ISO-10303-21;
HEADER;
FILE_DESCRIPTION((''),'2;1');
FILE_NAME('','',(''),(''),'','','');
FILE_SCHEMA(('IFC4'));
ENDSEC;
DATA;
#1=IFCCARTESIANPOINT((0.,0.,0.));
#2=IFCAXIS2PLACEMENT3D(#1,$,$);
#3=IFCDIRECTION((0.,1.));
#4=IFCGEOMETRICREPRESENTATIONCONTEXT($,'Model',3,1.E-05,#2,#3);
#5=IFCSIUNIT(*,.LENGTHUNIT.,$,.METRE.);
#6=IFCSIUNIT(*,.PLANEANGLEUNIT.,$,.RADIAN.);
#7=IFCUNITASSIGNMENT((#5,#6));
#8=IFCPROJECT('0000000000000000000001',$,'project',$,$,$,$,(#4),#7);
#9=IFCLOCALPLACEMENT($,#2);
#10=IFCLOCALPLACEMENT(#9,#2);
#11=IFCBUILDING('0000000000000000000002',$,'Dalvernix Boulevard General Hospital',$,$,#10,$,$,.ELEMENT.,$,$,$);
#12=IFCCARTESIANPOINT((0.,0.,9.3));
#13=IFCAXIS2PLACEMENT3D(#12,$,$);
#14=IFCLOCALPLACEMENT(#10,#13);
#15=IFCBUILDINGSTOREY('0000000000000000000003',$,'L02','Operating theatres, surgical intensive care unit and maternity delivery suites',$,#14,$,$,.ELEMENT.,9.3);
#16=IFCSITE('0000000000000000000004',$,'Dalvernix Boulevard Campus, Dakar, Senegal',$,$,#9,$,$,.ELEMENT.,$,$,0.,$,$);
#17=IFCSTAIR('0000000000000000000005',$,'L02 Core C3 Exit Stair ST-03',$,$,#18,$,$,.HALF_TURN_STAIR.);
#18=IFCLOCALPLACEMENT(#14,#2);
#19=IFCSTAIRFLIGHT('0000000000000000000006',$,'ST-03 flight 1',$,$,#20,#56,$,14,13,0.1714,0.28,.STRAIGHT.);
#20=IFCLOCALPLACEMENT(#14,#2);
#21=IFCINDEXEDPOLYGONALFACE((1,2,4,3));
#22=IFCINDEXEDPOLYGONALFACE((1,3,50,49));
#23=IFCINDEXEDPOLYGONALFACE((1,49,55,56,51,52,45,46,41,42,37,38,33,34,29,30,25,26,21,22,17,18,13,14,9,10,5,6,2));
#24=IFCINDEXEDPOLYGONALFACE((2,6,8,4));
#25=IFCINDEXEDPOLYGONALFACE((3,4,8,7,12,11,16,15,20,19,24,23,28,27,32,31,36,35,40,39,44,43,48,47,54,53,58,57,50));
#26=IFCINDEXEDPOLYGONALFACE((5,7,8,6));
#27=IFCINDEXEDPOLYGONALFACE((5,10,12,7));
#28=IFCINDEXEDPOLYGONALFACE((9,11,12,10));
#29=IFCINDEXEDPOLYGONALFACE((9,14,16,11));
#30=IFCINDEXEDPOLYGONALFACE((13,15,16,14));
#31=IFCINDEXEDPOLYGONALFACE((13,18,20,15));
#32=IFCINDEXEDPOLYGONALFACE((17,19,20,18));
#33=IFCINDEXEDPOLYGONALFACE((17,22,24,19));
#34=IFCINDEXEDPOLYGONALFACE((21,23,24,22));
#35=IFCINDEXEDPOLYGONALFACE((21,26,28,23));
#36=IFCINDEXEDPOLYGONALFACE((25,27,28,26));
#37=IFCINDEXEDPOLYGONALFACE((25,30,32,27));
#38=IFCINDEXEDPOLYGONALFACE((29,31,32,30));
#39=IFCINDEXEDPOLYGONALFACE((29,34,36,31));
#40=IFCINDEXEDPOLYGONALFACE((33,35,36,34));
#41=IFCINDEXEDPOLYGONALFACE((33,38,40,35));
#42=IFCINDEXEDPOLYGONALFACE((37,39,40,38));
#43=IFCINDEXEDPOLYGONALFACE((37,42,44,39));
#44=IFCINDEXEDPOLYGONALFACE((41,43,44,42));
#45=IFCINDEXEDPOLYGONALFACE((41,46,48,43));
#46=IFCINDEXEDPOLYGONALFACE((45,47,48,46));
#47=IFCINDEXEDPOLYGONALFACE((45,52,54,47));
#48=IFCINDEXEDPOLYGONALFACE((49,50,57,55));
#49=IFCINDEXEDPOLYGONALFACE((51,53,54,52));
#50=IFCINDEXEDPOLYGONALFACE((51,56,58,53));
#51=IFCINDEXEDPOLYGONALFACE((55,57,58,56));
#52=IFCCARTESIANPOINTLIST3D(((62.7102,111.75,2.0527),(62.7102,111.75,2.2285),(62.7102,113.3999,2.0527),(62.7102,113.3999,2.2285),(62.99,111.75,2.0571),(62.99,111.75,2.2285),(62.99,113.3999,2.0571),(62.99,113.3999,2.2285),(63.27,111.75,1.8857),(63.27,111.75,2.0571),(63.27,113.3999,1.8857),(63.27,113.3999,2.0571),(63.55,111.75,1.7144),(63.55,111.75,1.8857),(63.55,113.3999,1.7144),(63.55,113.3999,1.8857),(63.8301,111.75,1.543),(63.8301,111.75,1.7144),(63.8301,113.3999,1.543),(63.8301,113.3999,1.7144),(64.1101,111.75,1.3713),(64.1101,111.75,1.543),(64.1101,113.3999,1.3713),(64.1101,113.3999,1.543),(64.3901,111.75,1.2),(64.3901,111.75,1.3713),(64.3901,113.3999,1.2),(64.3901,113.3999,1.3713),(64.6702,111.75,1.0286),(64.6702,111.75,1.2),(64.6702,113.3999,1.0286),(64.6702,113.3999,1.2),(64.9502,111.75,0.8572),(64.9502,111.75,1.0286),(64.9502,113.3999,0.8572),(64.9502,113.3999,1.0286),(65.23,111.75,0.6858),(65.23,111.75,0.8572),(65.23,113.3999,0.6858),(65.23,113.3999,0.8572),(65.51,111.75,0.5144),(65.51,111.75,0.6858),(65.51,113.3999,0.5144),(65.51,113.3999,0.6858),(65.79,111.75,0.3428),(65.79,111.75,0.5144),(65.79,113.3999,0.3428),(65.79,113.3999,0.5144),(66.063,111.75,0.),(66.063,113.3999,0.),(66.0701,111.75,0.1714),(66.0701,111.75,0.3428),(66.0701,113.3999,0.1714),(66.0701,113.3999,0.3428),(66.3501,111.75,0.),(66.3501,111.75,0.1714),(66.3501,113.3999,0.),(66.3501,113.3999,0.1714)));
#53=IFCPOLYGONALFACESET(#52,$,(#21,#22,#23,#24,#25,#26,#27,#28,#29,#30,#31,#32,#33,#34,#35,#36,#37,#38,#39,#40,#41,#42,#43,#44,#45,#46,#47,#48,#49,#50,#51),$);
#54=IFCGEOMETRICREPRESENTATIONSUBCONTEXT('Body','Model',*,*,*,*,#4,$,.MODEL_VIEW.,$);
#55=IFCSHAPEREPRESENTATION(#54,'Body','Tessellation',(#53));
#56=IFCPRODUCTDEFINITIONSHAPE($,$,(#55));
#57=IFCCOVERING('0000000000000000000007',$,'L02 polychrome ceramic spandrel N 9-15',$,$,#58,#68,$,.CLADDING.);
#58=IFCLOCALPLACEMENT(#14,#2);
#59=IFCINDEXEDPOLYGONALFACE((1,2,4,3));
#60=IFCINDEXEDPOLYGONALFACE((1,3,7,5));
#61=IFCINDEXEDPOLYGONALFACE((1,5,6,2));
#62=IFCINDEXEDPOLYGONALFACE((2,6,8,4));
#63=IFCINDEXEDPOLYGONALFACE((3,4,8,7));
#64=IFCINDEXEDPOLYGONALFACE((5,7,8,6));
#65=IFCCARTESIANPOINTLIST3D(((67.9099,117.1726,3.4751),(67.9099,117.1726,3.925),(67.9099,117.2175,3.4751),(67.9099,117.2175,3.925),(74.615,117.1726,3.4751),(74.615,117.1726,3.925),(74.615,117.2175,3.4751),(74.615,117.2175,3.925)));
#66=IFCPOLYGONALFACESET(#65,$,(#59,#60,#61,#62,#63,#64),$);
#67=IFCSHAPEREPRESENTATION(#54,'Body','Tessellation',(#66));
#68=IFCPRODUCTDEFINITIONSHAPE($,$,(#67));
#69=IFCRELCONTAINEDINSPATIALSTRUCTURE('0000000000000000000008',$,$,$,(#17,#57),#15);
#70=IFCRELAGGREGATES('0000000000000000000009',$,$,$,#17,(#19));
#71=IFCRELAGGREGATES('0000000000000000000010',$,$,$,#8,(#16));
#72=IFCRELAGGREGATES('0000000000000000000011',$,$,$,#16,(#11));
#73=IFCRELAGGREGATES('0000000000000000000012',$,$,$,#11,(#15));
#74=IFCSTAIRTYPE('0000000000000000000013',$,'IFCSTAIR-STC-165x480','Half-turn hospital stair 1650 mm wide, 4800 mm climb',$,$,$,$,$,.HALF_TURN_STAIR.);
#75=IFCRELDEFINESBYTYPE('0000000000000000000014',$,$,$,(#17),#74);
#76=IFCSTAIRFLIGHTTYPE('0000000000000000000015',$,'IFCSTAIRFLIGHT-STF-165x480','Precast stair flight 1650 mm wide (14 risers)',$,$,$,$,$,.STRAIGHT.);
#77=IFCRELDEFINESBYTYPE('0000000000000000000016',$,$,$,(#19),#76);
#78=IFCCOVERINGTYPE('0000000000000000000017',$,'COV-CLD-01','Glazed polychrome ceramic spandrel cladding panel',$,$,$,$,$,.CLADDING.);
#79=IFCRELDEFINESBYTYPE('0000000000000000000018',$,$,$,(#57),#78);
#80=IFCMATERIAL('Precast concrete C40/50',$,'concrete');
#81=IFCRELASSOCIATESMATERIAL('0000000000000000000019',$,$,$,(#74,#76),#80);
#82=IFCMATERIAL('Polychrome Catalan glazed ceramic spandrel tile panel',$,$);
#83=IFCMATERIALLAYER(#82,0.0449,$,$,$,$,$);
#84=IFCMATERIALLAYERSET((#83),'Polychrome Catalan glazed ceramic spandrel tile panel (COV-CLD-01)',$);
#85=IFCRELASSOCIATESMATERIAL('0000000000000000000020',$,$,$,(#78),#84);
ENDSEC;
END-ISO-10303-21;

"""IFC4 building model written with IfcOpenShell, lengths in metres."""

from ifc_helpers import new_model, si_unit, direction, frame, origin, origin_2d, place, context, subcontext, project, spatial, polyline, rectangle, outline, extrude, material, layer, layer_set, type_object, element, aggregate, save


model = new_model("IFC4")

# Units and contexts
model_context = context("Model", 3, precision=1e-05, world=origin(), true_north=direction((0.0, 1.0)))
body_context = subcontext(model_context, "Body", "Model", "MODEL_VIEW")
ifc_project = project(units=[si_unit("LENGTHUNIT", "METRE"), si_unit("PLANEANGLEUNIT", "RADIAN")], contexts=[model_context])

# Site, building, storey
site_placement = place(None, origin())
site = spatial("IfcSite", under=ifc_project, at=site_placement, Name="Dalvernix Boulevard Campus, Dakar, Senegal", CompositionType="ELEMENT", RefElevation=0.0)
building_placement = place(site_placement, origin())
building = spatial("IfcBuilding", under=site, at=building_placement, Name="Dalvernix Boulevard General Hospital", CompositionType="ELEMENT")
storey_placement = place(building_placement, frame((0.0, 0.0, 9.3)))
storey = spatial("IfcBuildingStorey", under=building, at=storey_placement, Name="L02", Description="Operating theatres, surgical intensive care unit and maternity delivery suites", CompositionType="ELEMENT", Elevation=9.3)

# Stair, stair flight
ifc_material_1 = material(Name="Precast concrete C40/50", Category="concrete")
stair_type = type_object("IfcStairType", Name="IFCSTAIR-STC-165x480", Description="Half-turn hospital stair 1650 mm wide, 4800 mm climb", PredefinedType="HALF_TURN_STAIR", material=ifc_material_1)
stair_placement = place(storey_placement, origin())
stair = element("IfcStair", 1, at=stair_placement, inside=storey, type_object=stair_type, Name="L02 Core C3 Exit Stair ST-03", PredefinedType="HALF_TURN_STAIR")
stair_flight_type = type_object("IfcStairFlightType", Name="IFCSTAIRFLIGHT-STF-165x480", Description="Precast stair flight 1650 mm wide (14 risers)", PredefinedType="STRAIGHT", material=ifc_material_1)
stair_flight_placement = place(storey_placement, frame((66.3501, 112.575, 0.0), z_axis=(0.0, 0.0, 1.0), x_axis=(-1.0, 0.0, 0.0)))
stair_flight = element("IfcStairFlight", 2, at=stair_flight_placement, type_object=stair_flight_type, Name="ST-03 flight 1", NumberOfRisers=14, NumberOfTreads=13, PredefinedType="STRAIGHT", RiserHeight=0.1714, TreadLength=0.28, context=body_context, shape_type="SweptSolid", body=[
    extrude(outline(polyline([(0.0, 0.0), (0.0, 0.1714), (0.28, 0.1714), (0.28, 0.3428), (0.5601, 0.3428), (0.5601, 0.5144), (0.8401, 0.5144), (0.8401, 0.6858), (1.1201, 0.6858), (1.1201, 0.8572), (1.3999, 0.8572), (1.3999, 1.0286), (1.6799, 1.0286), (1.6799, 1.2), (1.96, 1.2), (1.96, 1.3713), (2.24, 1.3713), (2.24, 1.543), (2.52, 1.543), (2.52, 1.7144), (2.8, 1.7144), (2.8, 1.8857), (3.0801, 1.8857), (3.0801, 2.0571), (3.3601, 2.0571), (3.3601, 2.2285), (3.6399, 2.2285), (3.6399, 2.3999), (3.6399, 2.0527), (0.2871, 0.0), (0.0, 0.0)])), frame((0.0, 0.825, 0.0), z_axis=(0.0, -1.0, 0.0), x_axis=(1.0, 0.0, 0.0)), (0.0, 0.0, 1.0), 1.6499),
])
aggregate(stair, [stair_flight])

# Covering
ifc_material_2 = material(Name="Polychrome Catalan glazed ceramic spandrel tile panel")
ifc_layer_1 = layer(ifc_material_2, 0.0449)
ifc_layer_set_1 = layer_set([ifc_layer_1], Name="Polychrome Catalan glazed ceramic spandrel tile panel (COV-CLD-01)")
covering_type = type_object("IfcCoveringType", Name="COV-CLD-01", Description="Glazed polychrome ceramic spandrel cladding panel", PredefinedType="CLADDING", material=ifc_layer_set_1)
covering_placement = place(storey_placement, frame((71.2625, 117.1951, 3.4751), z_axis=(0.0, 0.0, 1.0), x_axis=(1.0, 0.0, 0.0)))
element("IfcCovering", 3, at=covering_placement, inside=storey, type_object=covering_type, Name="L02 polychrome ceramic spandrel N 9-15", PredefinedType="CLADDING", context=body_context, shape_type="SweptSolid", body=[
    extrude(rectangle(XDim=6.7051, YDim=0.0449, at=origin_2d()), origin(), (0.0, 0.0, 1.0), 0.45),
])

save(model, "model.ifc")
